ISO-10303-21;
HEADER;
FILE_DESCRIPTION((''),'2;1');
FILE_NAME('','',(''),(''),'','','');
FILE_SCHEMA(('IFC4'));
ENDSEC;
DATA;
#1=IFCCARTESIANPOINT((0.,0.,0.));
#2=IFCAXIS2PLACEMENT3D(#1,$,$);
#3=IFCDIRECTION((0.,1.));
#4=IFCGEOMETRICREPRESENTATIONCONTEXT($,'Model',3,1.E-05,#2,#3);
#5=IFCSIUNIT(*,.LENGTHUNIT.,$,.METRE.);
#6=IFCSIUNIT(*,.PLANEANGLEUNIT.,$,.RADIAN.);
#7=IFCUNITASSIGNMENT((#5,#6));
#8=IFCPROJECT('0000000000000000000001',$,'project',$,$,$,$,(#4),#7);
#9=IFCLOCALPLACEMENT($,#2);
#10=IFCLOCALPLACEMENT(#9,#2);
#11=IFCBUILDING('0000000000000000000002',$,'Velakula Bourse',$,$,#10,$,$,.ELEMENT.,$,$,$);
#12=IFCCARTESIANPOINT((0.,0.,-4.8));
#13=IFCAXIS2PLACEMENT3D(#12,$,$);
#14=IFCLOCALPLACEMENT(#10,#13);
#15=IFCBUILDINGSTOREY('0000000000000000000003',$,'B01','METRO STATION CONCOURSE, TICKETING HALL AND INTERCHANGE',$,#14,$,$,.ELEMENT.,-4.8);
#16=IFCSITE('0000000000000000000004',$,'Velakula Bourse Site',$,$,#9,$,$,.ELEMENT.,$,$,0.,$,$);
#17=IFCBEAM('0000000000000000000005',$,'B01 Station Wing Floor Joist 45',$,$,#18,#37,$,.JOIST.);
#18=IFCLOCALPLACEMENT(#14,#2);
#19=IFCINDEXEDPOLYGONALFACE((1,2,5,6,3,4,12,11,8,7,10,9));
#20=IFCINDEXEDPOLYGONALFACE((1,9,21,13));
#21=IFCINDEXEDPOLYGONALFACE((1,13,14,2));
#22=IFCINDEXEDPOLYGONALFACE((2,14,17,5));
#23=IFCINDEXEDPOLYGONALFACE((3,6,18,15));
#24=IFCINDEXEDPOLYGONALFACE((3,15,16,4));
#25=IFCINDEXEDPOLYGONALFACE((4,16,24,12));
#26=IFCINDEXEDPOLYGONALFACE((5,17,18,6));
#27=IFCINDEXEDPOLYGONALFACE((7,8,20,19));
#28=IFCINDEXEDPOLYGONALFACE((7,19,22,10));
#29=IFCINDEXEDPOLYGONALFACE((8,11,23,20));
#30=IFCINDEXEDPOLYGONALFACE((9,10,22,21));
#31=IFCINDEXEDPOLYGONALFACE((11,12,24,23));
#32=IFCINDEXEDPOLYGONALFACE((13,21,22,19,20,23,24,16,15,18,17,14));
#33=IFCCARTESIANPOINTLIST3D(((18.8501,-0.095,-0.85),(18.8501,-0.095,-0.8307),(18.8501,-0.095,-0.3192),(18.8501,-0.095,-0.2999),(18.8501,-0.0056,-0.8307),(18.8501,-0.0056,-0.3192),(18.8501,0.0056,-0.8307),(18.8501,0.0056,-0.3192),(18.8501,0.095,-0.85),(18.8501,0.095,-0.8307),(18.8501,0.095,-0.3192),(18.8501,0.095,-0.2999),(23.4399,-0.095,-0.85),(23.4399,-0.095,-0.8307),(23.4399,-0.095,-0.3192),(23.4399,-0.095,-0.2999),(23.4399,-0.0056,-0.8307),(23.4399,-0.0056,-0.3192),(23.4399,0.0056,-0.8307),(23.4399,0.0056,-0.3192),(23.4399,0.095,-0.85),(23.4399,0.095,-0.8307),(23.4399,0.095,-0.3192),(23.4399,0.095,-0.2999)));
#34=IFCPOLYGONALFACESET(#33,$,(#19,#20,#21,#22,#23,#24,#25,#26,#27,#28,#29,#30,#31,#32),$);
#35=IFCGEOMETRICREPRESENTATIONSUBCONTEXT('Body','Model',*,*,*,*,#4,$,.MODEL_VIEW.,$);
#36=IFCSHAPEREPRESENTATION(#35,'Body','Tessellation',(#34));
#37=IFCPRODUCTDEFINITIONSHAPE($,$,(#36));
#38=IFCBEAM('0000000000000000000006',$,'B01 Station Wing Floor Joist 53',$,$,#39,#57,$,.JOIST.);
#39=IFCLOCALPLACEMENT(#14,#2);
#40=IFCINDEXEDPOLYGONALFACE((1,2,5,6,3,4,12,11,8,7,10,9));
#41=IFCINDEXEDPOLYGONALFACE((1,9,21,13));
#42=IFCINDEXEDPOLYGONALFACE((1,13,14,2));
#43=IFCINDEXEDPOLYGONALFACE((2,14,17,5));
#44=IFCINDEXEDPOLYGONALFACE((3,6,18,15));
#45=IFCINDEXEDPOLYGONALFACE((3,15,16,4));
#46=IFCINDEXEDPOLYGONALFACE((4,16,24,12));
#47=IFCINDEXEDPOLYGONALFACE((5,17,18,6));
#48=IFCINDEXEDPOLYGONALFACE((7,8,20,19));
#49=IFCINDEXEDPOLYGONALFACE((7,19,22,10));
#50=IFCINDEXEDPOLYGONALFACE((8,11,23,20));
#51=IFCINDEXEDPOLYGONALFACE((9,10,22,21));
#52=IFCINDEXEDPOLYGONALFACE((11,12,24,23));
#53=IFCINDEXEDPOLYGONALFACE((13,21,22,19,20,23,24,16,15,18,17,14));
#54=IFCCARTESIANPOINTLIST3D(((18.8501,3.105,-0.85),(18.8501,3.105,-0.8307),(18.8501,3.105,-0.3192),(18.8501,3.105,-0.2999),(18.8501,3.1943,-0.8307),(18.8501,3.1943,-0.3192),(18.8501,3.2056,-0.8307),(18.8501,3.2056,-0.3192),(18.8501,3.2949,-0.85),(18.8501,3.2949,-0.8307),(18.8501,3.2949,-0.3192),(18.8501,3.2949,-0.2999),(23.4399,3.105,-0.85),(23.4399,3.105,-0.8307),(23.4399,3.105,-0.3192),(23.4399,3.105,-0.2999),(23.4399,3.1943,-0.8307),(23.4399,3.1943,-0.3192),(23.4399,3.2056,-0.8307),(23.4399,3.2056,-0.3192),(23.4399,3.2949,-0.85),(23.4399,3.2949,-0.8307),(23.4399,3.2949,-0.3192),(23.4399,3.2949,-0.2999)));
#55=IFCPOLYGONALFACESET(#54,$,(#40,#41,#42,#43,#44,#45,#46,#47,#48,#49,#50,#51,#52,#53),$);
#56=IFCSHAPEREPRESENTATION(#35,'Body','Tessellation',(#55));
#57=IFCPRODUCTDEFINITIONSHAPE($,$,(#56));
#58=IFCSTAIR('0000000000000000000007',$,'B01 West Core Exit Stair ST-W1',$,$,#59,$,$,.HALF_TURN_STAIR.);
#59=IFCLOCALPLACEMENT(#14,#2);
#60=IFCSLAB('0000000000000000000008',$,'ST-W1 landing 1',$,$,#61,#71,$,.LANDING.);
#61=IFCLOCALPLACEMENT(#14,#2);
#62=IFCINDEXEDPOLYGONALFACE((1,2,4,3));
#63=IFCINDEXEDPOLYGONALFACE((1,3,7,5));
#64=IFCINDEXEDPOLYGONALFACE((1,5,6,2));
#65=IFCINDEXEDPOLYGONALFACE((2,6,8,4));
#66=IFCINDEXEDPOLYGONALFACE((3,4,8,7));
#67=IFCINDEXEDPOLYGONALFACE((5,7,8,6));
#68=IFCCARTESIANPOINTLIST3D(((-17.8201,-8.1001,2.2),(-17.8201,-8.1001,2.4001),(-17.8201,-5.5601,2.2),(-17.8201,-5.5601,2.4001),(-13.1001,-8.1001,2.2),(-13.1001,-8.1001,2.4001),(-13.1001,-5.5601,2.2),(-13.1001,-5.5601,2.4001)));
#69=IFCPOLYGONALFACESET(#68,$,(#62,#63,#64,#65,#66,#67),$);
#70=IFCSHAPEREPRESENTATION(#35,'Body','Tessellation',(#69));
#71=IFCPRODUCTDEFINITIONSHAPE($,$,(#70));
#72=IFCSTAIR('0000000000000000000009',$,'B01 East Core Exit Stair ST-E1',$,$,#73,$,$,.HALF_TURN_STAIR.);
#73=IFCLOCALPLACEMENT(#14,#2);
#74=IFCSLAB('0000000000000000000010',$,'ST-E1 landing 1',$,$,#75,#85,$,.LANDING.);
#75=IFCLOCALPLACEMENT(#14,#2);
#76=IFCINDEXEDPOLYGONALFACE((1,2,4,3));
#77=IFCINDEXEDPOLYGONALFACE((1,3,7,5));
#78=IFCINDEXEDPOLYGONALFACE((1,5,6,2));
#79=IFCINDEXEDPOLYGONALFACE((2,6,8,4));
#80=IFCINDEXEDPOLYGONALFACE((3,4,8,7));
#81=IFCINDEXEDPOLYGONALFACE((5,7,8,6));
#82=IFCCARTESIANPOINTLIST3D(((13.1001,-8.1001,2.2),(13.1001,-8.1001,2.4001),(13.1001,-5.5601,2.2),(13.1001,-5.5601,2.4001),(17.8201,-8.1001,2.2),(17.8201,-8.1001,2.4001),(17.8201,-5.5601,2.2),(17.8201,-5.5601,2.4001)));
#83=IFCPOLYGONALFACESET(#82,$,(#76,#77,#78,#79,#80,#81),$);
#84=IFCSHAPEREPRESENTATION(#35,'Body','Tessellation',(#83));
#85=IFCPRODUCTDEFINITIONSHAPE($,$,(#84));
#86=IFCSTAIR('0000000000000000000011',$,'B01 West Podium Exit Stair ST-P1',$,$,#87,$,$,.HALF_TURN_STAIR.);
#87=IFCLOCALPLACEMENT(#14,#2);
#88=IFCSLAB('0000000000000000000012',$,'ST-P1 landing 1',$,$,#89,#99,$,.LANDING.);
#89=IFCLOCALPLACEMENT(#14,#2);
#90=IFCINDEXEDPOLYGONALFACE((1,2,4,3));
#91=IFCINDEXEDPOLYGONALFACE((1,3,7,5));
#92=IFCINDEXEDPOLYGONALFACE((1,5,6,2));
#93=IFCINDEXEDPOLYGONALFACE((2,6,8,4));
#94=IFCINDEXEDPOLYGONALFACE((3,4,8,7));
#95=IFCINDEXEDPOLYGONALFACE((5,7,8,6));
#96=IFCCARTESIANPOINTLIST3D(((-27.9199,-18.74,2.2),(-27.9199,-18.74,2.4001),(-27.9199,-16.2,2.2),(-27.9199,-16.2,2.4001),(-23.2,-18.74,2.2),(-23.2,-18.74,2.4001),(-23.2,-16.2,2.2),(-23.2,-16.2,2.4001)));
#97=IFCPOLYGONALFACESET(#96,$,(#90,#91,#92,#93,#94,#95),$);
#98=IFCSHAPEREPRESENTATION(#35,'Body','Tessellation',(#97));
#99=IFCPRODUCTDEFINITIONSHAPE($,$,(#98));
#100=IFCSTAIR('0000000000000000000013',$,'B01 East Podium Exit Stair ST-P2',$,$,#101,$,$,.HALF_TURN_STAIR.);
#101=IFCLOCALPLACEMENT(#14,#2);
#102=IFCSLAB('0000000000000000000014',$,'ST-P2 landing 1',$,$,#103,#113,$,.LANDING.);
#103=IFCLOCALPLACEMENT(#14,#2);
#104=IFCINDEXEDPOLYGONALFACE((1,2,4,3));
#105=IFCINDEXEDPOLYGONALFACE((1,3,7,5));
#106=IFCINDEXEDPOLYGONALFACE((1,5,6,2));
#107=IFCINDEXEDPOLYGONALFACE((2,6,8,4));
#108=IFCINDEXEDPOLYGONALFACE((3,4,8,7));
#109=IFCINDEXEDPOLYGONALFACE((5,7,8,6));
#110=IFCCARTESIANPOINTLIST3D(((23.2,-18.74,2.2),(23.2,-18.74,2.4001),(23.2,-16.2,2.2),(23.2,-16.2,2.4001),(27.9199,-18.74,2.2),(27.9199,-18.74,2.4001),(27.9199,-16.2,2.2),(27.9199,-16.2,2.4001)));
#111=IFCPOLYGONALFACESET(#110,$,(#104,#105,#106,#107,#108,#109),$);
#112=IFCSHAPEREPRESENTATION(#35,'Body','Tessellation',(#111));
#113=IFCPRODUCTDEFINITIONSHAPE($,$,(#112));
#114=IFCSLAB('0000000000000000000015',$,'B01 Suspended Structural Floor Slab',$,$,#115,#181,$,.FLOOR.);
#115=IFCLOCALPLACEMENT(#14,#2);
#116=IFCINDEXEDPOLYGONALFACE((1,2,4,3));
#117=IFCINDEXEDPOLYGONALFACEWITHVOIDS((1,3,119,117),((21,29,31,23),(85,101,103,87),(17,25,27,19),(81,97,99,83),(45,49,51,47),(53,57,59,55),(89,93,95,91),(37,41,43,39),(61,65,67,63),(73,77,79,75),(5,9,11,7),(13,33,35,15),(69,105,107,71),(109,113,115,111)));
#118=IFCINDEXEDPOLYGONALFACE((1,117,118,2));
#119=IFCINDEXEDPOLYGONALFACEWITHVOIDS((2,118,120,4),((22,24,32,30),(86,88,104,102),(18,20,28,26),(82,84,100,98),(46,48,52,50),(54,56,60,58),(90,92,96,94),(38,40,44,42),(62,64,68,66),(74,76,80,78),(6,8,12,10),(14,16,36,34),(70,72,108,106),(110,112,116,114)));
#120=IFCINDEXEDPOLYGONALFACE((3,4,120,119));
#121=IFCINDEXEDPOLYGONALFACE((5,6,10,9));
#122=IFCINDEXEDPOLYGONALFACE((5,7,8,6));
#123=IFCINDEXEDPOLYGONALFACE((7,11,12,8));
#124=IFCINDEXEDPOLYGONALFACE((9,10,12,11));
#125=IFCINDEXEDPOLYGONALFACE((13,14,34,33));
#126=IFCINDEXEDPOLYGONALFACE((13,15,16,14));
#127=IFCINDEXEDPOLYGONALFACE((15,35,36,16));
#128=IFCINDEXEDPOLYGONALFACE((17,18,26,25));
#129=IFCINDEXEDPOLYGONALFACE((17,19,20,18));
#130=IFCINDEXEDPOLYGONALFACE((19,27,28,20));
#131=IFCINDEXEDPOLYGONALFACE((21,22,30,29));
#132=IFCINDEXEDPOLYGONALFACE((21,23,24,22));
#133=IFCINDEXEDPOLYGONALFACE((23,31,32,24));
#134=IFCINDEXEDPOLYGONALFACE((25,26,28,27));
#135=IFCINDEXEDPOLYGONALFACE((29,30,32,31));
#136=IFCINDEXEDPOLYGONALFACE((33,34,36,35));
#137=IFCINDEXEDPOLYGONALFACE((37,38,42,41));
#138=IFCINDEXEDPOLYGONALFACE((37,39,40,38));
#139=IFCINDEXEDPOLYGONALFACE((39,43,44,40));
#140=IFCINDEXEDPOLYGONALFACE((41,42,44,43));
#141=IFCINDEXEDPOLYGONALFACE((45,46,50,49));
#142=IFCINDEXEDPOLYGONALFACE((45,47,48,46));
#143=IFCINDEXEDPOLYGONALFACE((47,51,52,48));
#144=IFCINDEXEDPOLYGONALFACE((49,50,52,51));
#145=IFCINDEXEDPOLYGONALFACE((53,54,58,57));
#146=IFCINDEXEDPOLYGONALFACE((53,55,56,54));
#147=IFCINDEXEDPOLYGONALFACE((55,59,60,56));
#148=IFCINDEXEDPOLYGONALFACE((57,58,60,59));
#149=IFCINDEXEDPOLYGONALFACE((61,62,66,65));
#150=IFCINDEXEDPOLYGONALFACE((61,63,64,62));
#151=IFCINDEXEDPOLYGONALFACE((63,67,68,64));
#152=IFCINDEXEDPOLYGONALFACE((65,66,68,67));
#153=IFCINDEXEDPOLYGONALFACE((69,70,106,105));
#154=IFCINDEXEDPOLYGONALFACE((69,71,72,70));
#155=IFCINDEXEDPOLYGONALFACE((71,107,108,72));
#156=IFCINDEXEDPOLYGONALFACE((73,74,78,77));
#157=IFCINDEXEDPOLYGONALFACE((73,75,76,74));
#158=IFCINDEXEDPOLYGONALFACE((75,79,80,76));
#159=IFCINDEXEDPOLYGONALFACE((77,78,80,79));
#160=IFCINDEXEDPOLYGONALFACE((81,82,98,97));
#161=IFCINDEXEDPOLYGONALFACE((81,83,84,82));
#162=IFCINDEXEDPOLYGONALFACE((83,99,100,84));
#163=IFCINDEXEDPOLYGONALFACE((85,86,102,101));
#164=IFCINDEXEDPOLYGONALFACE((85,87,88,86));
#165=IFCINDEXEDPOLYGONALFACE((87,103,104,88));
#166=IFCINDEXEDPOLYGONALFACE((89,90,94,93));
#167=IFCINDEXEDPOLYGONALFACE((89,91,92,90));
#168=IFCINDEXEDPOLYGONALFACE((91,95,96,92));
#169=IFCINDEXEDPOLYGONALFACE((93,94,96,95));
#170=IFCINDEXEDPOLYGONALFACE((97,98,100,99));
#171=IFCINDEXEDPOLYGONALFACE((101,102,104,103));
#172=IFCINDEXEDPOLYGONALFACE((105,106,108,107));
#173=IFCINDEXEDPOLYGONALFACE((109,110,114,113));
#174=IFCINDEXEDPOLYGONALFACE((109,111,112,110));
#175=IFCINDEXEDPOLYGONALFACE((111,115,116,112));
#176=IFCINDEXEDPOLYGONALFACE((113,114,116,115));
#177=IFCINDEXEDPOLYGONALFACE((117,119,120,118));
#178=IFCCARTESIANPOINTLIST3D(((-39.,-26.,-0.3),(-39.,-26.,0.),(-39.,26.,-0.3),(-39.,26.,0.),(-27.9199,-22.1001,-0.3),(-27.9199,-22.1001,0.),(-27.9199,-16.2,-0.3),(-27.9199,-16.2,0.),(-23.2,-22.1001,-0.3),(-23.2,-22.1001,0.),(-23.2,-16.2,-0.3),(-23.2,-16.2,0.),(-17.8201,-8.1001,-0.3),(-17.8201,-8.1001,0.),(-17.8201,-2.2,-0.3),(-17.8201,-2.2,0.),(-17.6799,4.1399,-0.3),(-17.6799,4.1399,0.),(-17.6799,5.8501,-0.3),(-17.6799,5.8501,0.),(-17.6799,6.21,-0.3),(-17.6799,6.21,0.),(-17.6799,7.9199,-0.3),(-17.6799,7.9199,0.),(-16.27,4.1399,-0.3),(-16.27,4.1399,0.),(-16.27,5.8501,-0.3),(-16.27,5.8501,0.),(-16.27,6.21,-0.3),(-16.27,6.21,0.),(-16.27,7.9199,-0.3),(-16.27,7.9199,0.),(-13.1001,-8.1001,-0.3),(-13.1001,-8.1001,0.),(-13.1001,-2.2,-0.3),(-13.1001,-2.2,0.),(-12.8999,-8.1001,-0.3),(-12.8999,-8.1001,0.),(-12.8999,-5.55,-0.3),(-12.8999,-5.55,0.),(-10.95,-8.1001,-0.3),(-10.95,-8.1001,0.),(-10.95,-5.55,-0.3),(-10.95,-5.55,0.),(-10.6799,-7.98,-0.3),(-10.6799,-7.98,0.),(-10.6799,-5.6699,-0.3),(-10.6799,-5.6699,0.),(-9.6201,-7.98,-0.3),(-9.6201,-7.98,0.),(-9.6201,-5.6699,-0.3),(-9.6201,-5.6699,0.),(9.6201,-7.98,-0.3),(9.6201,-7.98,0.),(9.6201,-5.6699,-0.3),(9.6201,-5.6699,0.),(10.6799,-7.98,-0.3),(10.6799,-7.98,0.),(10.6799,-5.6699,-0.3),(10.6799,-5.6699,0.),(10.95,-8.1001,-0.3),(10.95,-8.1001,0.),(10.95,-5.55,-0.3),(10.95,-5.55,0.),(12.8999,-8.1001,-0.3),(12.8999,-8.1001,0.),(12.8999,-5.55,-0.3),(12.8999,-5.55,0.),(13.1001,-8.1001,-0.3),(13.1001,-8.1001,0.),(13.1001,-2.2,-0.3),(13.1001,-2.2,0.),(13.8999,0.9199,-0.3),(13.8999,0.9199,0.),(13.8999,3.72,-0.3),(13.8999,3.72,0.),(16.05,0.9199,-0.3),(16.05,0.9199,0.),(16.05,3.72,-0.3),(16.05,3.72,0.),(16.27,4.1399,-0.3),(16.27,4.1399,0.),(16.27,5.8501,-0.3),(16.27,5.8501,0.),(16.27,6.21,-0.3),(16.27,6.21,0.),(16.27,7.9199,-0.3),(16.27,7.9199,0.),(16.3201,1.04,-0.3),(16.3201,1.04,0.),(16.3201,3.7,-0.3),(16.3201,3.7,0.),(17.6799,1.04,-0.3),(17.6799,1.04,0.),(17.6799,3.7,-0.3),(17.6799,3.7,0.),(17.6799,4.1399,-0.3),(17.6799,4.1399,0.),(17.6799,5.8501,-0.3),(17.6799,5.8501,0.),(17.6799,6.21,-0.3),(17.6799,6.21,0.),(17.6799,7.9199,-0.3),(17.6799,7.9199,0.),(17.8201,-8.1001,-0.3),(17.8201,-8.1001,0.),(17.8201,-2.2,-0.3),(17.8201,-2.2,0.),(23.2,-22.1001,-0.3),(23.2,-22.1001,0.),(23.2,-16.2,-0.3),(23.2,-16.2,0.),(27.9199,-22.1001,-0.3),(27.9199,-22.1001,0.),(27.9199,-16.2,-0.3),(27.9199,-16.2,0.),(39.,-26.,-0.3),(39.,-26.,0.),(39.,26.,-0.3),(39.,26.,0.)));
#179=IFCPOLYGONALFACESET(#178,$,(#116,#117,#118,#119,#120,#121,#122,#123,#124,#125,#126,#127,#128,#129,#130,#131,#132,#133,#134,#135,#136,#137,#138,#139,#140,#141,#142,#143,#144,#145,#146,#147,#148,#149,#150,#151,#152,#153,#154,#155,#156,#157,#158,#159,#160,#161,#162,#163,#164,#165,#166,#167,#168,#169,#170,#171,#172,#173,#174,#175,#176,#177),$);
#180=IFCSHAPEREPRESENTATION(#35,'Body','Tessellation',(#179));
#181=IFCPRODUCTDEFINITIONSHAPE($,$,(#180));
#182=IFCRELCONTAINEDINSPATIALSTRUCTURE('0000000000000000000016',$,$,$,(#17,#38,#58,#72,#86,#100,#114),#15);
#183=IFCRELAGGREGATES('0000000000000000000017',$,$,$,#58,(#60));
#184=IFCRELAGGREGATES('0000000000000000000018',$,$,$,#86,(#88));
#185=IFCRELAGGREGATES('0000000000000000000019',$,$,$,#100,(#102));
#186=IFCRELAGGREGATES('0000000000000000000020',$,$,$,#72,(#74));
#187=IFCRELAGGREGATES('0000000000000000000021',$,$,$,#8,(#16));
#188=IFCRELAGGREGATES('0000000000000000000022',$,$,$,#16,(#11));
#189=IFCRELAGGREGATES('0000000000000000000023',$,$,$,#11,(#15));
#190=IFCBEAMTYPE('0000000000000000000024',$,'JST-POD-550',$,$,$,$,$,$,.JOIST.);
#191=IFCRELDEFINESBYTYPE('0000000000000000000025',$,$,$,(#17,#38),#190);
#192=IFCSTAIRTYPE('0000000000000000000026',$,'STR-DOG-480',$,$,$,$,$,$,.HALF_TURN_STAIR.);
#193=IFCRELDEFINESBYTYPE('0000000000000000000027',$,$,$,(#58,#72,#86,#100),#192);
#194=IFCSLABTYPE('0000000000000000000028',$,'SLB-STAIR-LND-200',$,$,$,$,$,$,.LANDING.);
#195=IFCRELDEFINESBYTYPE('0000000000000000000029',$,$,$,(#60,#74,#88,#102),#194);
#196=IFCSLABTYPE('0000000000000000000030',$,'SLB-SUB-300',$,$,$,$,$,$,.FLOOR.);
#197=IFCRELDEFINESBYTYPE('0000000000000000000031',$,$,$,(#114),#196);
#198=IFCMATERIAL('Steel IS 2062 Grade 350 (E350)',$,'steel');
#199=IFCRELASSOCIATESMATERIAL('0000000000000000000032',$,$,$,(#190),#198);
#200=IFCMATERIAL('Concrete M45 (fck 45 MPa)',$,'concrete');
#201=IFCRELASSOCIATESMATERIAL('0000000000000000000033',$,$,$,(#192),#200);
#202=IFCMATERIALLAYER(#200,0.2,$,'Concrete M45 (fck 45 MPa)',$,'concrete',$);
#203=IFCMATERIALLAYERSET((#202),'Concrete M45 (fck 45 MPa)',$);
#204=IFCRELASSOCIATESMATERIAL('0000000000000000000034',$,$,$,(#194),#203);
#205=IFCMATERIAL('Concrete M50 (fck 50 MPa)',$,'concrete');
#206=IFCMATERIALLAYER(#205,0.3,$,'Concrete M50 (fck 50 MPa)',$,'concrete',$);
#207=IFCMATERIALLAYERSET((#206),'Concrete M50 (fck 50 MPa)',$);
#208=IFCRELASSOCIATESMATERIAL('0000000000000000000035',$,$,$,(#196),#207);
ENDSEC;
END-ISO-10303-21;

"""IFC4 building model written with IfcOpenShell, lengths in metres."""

from ifc_helpers import new_model, si_unit, direction, frame, origin, origin_2d, place, context, subcontext, project, spatial, polyline, i_section, outline, extrude, material, layer, layer_set, material_profile, profile_set, type_object, element, aggregate, save


model = new_model("IFC4")

# Units and contexts
model_context = context("Model", 3, precision=1e-05, world=origin(), true_north=direction((0.0, 1.0)))
body_context = subcontext(model_context, "Body", "Model", "MODEL_VIEW")
ifc_project = project(units=[si_unit("LENGTHUNIT", "METRE"), si_unit("PLANEANGLEUNIT", "RADIAN")], contexts=[model_context])

# Site, building, storey
site_placement = place(None, origin())
site = spatial("IfcSite", under=ifc_project, at=site_placement, Name="Velakula Bourse Site", CompositionType="ELEMENT", RefElevation=0.0)
building_placement = place(site_placement, origin())
building = spatial("IfcBuilding", under=site, at=building_placement, Name="Velakula Bourse", CompositionType="ELEMENT")
storey_placement = place(building_placement, frame((0.0, 0.0, -4.8)))
storey = spatial("IfcBuildingStorey", under=building, at=storey_placement, Name="B01", Description="METRO STATION CONCOURSE, TICKETING HALL AND INTERCHANGE", CompositionType="ELEMENT", Elevation=-4.8)

# Beams
ifc_material_1 = material(Name="Steel IS 2062 Grade 350 (E350)", Category="steel")
ifc_material_profile_1 = material_profile(ifc_material_1, i_section(OverallWidth=0.1899, OverallDepth=0.55, WebThickness=0.0112, FlangeThickness=0.0193, at=origin_2d()), Name="Steel IS 2062 Grade 350 (E350)")
ifc_profile_set_1 = profile_set([ifc_material_profile_1], Name="Steel IS 2062 Grade 350 (E350)")
beam_type_1 = type_object("IfcBeamType", Name="JST-POD-550", PredefinedType="JOIST", material=ifc_profile_set_1)
for number, where, z_axis, x_axis, name in (
    (1, (18.8501, 0.0, -0.575), (1.0, 0.0, 0.0), (0.0, 1.0, 0.0), "B01 Station Wing Floor Joist 45"),
    (2, (18.8501, 3.2, -0.575), (1.0, 0.0, 0.0), (0.0, 1.0, 0.0), "B01 Station Wing Floor Joist 53"),
):
    element("IfcBeam", number, at=place(storey_placement, frame(where, z_axis=z_axis, x_axis=x_axis)), inside=storey, type_object=beam_type_1, Name=name, PredefinedType="JOIST", context=body_context, shape_type="SweptSolid", body=[
        extrude(i_section(OverallWidth=0.1899, OverallDepth=0.55, WebThickness=0.0112, FlangeThickness=0.0193, at=origin_2d()), origin(), (0.0, 0.0, 1.0), 4.5898),
    ])

# Stairs, slabs
ifc_material_2 = material(Name="Concrete M45 (fck 45 MPa)", Category="concrete")
stair_type = type_object("IfcStairType", Name="STR-DOG-480", PredefinedType="HALF_TURN_STAIR", material=ifc_material_2)
stair_1_placement = place(storey_placement, origin())
stair_1 = element("IfcStair", 3, at=stair_1_placement, inside=storey, type_object=stair_type, Name="B01 West Core Exit Stair ST-W1", PredefinedType="HALF_TURN_STAIR")
ifc_layer_1 = layer(ifc_material_2, 0.2, Name="Concrete M45 (fck 45 MPa)", Category="concrete")
ifc_layer_set_1 = layer_set([ifc_layer_1], Name="Concrete M45 (fck 45 MPa)")
slab_type_1 = type_object("IfcSlabType", Name="SLB-STAIR-LND-200", PredefinedType="LANDING", material=ifc_layer_set_1)
slab_1_placement = place(storey_placement, frame((0.0, 0.0, 2.2)))
slab_1 = element("IfcSlab", 4, at=slab_1_placement, type_object=slab_type_1, Name="ST-W1 landing 1", PredefinedType="LANDING", context=body_context, shape_type="SweptSolid", body=[
    extrude(outline(polyline([(-17.8201, -5.5601), (-17.8201, -8.1001), (-13.1001, -8.1001), (-13.1001, -5.5601), (-17.8201, -5.5601)])), origin(), (0.0, 0.0, 1.0), 0.2002),
])
aggregate(stair_1, [slab_1])
stair_2_placement = place(storey_placement, origin())
stair_2 = element("IfcStair", 5, at=stair_2_placement, inside=storey, type_object=stair_type, Name="B01 East Core Exit Stair ST-E1", PredefinedType="HALF_TURN_STAIR")
slab_2_placement = place(storey_placement, frame((0.0, 0.0, 2.2)))
slab_2 = element("IfcSlab", 6, at=slab_2_placement, type_object=slab_type_1, Name="ST-E1 landing 1", PredefinedType="LANDING", context=body_context, shape_type="SweptSolid", body=[
    extrude(outline(polyline([(13.1001, -5.5601), (13.1001, -8.1001), (17.8201, -8.1001), (17.8201, -5.5601), (13.1001, -5.5601)])), origin(), (0.0, 0.0, 1.0), 0.2002),
])
stair_3_placement = place(storey_placement, origin())
stair_3 = element("IfcStair", 7, at=stair_3_placement, inside=storey, type_object=stair_type, Name="B01 West Podium Exit Stair ST-P1", PredefinedType="HALF_TURN_STAIR")
slab_3_placement = place(storey_placement, frame((0.0, 0.0, 2.2)))
slab_3 = element("IfcSlab", 8, at=slab_3_placement, type_object=slab_type_1, Name="ST-P1 landing 1", PredefinedType="LANDING", context=body_context, shape_type="SweptSolid", body=[
    extrude(outline(polyline([(-23.2, -18.74), (-23.2, -16.2), (-27.9199, -16.2), (-27.9199, -18.74), (-23.2, -18.74)])), origin(), (0.0, 0.0, 1.0), 0.2002),
])
aggregate(stair_3, [slab_3])
stair_4_placement = place(storey_placement, origin())
stair_4 = element("IfcStair", 9, at=stair_4_placement, inside=storey, type_object=stair_type, Name="B01 East Podium Exit Stair ST-P2", PredefinedType="HALF_TURN_STAIR")
slab_4_placement = place(storey_placement, frame((0.0, 0.0, 2.2)))
slab_4 = element("IfcSlab", 10, at=slab_4_placement, type_object=slab_type_1, Name="ST-P2 landing 1", PredefinedType="LANDING", context=body_context, shape_type="SweptSolid", body=[
    extrude(outline(polyline([(27.9199, -18.74), (27.9199, -16.2), (23.2, -16.2), (23.2, -18.74), (27.9199, -18.74)])), origin(), (0.0, 0.0, 1.0), 0.2002),
])
aggregate(stair_4, [slab_4])

# Slab
ifc_material_3 = material(Name="Concrete M50 (fck 50 MPa)", Category="concrete")
ifc_layer_2 = layer(ifc_material_3, 0.3, Name="Concrete M50 (fck 50 MPa)", Category="concrete")
ifc_layer_set_2 = layer_set([ifc_layer_2], Name="Concrete M50 (fck 50 MPa)")
slab_type_2 = type_object("IfcSlabType", Name="SLB-SUB-300", PredefinedType="FLOOR", material=ifc_layer_set_2)
slab_5_placement = place(storey_placement, frame((0.0, 0.0, -0.3)))
element("IfcSlab", 11, at=slab_5_placement, inside=storey, type_object=slab_type_2, Name="B01 Suspended Structural Floor Slab", PredefinedType="FLOOR", context=body_context, shape_type="SweptSolid", body=[
    extrude(outline(polyline([(-39.0, -26.0), (39.0, -26.0), (39.0, 26.0), (-39.0, 26.0), (-39.0, -26.0)]), holes=[polyline([(-17.8201, -8.1001), (-13.1001, -8.1001), (-13.1001, -2.2), (-17.8201, -2.2), (-17.8201, -8.1001)]), polyline([(13.1001, -8.1001), (17.8201, -8.1001), (17.8201, -2.2), (13.1001, -2.2), (13.1001, -8.1001)]), polyline([(-27.9199, -22.1001), (-23.2, -22.1001), (-23.2, -16.2), (-27.9199, -16.2), (-27.9199, -22.1001)]), polyline([(23.2, -22.1001), (27.9199, -22.1001), (27.9199, -16.2), (23.2, -16.2), (23.2, -22.1001)]), polyline([(-12.8999, -8.1001), (-10.95, -8.1001), (-10.95, -5.55), (-12.8999, -5.55), (-12.8999, -8.1001)]), polyline([(10.95, -8.1001), (12.8999, -8.1001), (12.8999, -5.55), (10.95, -5.55), (10.95, -8.1001)]), polyline([(13.8999, 0.9199), (16.05, 0.9199), (16.05, 3.72), (13.8999, 3.72), (13.8999, 0.9199)]), polyline([(-10.6799, -7.98), (-9.6201, -7.98), (-9.6201, -5.6699), (-10.6799, -5.6699), (-10.6799, -7.98)]), polyline([(-17.6799, 4.1399), (-16.27, 4.1399), (-16.27, 5.8501), (-17.6799, 5.8501), (-17.6799, 4.1399)]), polyline([(-17.6799, 6.21), (-16.27, 6.21), (-16.27, 7.9199), (-17.6799, 7.9199), (-17.6799, 6.21)]), polyline([(9.6201, -7.98), (10.6799, -7.98), (10.6799, -5.6699), (9.6201, -5.6699), (9.6201, -7.98)]), polyline([(16.27, 4.1399), (17.6799, 4.1399), (17.6799, 5.8501), (16.27, 5.8501), (16.27, 4.1399)]), polyline([(16.27, 6.21), (17.6799, 6.21), (17.6799, 7.9199), (16.27, 7.9199), (16.27, 6.21)]), polyline([(16.3201, 1.04), (17.6799, 1.04), (17.6799, 3.7), (16.3201, 3.7), (16.3201, 1.04)])]), origin(), (0.0, 0.0, 1.0), 0.3),
])

aggregate(stair_2, [slab_2])

save(model, "model.ifc")
